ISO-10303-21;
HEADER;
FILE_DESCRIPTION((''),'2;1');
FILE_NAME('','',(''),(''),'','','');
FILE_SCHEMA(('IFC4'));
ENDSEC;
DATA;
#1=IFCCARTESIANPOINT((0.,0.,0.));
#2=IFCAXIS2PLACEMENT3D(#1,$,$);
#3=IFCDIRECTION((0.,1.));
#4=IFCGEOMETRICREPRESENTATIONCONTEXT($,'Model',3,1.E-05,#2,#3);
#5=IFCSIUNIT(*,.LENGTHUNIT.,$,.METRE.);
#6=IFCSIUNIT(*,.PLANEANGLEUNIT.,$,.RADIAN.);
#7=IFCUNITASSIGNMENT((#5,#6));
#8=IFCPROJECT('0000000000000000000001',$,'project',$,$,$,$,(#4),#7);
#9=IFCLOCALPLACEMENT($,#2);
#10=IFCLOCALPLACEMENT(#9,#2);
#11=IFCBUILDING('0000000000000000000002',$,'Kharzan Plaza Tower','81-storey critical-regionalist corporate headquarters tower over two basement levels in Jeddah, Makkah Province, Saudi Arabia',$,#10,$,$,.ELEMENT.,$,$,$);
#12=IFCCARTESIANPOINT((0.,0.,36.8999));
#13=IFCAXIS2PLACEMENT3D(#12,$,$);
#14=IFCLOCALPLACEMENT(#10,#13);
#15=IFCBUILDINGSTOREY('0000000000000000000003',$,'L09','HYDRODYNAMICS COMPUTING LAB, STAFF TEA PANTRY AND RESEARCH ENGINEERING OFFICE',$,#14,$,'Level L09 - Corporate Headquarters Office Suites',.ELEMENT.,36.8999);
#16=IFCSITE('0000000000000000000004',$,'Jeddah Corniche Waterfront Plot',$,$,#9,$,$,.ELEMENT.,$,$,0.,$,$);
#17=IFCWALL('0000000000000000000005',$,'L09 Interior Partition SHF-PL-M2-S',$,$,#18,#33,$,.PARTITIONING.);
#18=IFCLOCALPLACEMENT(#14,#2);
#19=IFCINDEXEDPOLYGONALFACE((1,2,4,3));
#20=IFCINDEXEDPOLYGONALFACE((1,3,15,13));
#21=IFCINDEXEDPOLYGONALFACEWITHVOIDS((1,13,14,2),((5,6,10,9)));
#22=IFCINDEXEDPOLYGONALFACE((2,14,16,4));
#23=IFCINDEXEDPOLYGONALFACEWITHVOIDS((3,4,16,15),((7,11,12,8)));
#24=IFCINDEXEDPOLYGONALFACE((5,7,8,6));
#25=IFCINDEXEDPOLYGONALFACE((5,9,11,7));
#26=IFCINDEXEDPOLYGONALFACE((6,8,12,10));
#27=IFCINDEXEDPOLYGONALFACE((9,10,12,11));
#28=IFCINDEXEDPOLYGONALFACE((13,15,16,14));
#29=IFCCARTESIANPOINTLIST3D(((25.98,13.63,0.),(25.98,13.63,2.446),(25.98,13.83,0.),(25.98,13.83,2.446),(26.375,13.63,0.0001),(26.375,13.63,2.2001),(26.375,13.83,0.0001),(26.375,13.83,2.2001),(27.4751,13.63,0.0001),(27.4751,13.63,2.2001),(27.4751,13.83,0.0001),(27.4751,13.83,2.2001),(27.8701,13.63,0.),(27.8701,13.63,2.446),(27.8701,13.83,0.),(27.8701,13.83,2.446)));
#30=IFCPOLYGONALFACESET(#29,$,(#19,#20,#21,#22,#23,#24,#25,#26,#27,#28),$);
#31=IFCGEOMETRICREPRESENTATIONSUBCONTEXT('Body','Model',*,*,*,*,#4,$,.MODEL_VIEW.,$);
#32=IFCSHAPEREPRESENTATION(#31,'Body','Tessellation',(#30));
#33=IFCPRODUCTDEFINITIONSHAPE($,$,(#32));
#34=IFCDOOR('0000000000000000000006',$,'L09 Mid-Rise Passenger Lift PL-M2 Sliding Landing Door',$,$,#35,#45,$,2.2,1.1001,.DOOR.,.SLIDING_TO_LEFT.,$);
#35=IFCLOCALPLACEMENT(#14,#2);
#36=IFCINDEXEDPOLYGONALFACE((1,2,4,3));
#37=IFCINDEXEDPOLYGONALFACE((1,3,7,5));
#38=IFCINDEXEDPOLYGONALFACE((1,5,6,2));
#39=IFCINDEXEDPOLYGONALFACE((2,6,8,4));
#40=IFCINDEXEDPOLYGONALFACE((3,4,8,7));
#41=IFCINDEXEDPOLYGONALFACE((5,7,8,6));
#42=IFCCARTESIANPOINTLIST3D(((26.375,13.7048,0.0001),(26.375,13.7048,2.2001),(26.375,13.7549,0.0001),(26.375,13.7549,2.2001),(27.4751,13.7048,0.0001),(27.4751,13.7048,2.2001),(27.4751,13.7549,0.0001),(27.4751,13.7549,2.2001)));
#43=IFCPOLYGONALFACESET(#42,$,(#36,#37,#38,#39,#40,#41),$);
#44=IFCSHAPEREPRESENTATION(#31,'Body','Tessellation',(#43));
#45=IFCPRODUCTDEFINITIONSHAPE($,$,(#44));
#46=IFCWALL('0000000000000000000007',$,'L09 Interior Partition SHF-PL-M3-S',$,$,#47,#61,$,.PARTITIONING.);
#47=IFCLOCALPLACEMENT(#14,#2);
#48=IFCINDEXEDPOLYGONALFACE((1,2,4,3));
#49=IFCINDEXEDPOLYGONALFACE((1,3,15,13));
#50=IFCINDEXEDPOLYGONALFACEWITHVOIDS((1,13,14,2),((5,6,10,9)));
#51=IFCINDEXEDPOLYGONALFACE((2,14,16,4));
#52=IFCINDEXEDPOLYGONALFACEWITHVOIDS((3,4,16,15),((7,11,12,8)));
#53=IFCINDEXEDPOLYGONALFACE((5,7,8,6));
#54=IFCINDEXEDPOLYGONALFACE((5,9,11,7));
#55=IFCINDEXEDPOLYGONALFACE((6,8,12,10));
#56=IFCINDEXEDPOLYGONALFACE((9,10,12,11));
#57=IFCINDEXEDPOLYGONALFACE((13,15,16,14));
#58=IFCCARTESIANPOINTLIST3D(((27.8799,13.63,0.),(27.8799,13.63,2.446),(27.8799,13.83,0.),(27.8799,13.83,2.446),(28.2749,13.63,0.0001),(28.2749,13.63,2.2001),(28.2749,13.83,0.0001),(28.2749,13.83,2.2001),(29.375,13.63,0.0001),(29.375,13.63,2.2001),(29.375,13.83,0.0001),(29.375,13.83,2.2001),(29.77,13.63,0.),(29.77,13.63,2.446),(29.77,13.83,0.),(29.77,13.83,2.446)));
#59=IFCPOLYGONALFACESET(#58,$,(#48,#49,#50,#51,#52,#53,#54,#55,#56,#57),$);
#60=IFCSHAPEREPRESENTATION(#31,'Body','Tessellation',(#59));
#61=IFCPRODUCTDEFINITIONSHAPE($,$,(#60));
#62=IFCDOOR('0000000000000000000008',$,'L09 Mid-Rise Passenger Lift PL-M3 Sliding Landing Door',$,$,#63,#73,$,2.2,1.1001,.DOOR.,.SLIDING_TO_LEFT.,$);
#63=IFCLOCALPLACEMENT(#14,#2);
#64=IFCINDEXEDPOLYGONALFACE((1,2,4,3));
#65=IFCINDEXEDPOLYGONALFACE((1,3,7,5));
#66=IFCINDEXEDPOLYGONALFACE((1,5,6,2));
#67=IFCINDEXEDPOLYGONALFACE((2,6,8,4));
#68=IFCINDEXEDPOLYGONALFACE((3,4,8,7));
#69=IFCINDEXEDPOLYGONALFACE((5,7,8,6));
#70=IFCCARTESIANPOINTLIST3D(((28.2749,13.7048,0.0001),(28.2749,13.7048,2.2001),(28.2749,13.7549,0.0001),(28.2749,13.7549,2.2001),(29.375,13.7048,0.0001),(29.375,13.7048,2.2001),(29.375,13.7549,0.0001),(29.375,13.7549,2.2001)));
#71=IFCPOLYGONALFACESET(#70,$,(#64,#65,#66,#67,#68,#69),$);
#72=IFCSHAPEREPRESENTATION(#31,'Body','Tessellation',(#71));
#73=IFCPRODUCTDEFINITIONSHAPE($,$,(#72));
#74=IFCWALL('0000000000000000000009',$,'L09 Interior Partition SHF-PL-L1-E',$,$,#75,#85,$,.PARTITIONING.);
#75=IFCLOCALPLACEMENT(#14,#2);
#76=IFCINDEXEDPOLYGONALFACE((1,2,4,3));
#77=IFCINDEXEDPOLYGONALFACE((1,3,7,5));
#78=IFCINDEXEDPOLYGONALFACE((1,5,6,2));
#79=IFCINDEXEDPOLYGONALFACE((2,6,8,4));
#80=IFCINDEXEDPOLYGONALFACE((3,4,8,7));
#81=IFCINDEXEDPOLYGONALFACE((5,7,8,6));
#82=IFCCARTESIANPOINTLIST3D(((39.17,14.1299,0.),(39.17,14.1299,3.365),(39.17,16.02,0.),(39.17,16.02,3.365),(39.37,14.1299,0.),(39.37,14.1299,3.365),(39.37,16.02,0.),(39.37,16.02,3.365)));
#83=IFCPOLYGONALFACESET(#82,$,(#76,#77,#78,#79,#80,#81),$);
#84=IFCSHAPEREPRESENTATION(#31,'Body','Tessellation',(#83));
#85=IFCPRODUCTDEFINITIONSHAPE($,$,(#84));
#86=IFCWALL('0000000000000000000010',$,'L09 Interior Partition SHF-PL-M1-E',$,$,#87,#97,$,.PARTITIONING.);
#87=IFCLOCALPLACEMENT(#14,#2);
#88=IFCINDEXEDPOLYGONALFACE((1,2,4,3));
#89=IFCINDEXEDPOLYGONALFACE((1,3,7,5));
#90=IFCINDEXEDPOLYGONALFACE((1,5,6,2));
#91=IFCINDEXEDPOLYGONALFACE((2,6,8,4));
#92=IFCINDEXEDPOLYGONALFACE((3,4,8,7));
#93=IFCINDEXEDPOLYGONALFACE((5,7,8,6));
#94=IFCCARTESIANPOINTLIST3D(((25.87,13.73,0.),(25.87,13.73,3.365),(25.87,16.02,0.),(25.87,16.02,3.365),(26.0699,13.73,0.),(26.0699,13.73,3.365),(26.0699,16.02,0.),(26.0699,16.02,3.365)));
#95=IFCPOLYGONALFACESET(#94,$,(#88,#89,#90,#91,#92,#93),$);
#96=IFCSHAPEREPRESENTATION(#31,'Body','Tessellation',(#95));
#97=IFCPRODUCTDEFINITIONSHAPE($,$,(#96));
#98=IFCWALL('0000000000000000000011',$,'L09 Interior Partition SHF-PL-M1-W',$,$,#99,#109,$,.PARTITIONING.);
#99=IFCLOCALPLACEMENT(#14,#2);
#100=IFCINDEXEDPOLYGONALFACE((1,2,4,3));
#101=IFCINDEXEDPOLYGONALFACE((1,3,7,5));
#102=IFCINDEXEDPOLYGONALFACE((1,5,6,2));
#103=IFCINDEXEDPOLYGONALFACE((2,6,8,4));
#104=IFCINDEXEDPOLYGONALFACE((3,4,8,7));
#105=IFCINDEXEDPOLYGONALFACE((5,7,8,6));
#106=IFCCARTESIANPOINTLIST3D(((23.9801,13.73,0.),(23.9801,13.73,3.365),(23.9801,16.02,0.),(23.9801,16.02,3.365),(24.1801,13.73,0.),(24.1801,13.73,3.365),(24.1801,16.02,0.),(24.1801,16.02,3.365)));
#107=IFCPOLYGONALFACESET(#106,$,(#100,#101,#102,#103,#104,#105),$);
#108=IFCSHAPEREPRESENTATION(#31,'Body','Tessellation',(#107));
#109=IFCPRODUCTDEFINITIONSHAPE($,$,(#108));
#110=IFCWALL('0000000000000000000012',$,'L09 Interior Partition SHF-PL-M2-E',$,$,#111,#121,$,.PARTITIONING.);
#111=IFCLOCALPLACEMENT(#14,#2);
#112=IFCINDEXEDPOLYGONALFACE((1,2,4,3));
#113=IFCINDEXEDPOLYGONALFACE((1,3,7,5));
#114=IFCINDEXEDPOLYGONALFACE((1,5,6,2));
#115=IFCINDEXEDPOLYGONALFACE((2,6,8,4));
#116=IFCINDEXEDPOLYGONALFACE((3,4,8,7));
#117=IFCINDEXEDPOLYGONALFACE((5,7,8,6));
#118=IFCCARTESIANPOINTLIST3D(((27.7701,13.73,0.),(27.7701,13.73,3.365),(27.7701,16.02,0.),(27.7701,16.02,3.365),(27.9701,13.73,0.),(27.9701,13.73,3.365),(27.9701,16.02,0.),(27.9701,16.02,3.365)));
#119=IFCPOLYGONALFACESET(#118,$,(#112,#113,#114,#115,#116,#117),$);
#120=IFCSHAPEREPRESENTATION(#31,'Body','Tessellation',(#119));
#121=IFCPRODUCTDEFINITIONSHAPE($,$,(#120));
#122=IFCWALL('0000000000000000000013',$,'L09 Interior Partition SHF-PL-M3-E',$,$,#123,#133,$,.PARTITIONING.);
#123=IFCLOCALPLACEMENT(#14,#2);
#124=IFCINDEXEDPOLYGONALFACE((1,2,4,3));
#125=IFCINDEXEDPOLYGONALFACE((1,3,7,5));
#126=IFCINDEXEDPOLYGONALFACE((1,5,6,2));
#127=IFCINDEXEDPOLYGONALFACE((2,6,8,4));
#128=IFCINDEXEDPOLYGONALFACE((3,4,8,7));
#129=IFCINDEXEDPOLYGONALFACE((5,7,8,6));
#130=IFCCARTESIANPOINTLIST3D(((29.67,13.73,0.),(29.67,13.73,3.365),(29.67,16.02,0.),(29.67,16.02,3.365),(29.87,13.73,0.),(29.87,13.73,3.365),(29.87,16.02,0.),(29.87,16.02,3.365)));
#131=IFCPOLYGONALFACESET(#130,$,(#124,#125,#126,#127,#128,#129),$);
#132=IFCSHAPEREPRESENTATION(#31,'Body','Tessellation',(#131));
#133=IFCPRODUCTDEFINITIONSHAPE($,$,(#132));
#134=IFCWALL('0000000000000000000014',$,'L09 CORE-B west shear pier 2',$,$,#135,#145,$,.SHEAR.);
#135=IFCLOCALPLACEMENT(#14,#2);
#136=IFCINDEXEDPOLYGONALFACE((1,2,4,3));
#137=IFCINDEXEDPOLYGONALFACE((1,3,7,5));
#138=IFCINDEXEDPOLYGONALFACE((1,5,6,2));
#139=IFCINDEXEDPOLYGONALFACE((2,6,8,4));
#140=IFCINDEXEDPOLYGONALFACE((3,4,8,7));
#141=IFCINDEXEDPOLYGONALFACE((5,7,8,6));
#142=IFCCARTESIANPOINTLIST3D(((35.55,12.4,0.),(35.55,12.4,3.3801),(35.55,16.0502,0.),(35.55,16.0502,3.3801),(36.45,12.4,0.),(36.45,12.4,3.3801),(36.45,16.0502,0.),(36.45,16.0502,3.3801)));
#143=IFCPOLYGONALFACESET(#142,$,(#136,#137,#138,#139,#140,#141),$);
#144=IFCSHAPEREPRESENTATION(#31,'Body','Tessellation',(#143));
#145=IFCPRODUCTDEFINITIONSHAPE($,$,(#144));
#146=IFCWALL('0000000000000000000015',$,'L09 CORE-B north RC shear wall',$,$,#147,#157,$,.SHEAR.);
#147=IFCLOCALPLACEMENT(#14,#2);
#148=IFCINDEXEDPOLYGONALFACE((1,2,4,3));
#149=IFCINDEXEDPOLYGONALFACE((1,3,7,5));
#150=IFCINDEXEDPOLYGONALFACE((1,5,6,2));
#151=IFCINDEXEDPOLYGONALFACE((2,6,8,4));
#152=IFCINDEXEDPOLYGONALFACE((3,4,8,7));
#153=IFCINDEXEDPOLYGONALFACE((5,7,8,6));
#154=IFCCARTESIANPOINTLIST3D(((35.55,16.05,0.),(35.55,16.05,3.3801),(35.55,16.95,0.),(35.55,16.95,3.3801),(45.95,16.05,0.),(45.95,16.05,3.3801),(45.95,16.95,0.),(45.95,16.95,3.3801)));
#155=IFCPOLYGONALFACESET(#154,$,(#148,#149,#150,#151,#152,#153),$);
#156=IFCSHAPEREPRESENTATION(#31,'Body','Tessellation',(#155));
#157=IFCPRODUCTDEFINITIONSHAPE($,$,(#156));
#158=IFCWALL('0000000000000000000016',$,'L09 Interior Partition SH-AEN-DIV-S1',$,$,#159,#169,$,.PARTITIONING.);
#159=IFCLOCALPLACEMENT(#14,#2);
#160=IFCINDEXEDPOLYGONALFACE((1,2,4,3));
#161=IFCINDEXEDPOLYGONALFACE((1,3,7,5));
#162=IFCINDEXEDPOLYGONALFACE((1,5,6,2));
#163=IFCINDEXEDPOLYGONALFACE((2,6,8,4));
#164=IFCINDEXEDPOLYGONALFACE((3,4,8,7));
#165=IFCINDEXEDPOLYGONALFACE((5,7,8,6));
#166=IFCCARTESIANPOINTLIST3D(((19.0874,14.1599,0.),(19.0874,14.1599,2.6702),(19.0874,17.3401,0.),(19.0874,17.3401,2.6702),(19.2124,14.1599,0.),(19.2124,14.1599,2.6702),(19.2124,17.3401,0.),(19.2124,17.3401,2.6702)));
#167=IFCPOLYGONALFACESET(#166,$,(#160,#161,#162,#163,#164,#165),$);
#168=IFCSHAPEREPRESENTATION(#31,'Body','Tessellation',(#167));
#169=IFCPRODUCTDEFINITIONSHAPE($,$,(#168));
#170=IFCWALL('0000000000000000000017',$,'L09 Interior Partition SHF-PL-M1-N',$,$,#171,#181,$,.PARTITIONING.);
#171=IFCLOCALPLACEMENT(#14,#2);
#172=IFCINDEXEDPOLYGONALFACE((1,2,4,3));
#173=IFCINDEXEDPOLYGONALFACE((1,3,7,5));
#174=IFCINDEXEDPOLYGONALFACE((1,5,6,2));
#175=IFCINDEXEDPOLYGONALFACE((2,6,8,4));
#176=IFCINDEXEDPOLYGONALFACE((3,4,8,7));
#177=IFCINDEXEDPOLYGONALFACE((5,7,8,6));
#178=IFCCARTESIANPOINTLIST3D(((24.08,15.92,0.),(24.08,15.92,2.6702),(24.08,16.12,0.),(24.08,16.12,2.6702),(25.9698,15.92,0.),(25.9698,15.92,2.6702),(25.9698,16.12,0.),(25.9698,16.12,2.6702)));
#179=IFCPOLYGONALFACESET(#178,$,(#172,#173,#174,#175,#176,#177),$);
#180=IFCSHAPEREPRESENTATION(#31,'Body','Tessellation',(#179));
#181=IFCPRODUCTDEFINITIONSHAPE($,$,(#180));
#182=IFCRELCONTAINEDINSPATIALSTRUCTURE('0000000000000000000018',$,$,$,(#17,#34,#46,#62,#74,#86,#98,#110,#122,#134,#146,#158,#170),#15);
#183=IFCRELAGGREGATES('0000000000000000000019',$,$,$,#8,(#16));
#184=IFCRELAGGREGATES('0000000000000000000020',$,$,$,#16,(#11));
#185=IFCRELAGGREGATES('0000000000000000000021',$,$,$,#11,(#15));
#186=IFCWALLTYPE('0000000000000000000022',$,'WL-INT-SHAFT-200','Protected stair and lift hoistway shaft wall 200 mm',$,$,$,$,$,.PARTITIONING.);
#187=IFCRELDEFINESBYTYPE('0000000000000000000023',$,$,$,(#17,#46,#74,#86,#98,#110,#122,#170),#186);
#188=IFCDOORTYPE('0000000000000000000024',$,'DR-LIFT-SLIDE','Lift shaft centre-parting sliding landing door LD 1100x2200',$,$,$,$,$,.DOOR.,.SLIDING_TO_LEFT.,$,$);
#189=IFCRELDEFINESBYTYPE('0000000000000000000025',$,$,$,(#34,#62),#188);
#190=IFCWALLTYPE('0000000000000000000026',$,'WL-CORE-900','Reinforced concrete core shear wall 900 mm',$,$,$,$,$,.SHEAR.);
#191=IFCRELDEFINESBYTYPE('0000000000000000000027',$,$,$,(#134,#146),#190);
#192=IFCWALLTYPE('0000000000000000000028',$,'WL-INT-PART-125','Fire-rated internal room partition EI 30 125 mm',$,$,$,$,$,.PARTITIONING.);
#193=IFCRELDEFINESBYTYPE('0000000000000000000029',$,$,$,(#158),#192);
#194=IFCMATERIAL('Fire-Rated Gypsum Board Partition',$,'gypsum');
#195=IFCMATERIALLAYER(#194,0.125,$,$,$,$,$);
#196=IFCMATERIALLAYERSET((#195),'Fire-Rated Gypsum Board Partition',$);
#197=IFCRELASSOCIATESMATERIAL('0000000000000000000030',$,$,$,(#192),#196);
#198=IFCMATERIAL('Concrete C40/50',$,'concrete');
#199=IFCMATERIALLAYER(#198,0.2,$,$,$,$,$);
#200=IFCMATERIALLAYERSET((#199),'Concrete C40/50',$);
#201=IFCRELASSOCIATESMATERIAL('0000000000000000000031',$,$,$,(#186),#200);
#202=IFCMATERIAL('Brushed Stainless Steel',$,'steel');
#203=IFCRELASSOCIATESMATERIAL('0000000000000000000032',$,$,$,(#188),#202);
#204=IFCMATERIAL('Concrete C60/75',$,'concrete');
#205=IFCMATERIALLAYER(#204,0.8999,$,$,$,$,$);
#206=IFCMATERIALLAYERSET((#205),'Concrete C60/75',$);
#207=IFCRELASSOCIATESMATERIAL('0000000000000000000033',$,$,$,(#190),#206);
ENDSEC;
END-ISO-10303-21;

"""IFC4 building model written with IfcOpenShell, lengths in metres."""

from ifc_helpers import new_model, si_unit, direction, frame, frame_2d, origin, place, context, subcontext, project, spatial, rectangle, extrude, source, transform, mapped, material, layer, layer_set, type_object, element, fill, save


model = new_model("IFC4")

# Units and contexts
model_context = context("Model", 3, precision=1e-05, world=origin(), true_north=direction((0.0, 1.0)))
body_context = subcontext(model_context, "Body", "Model", "MODEL_VIEW")
ifc_project = project(units=[si_unit("LENGTHUNIT", "METRE"), si_unit("PLANEANGLEUNIT", "RADIAN")], contexts=[model_context])

# Site, building, storey
site_placement = place(None, origin())
site = spatial("IfcSite", under=ifc_project, at=site_placement, Name="Jeddah Corniche Waterfront Plot", CompositionType="ELEMENT", RefElevation=0.0)
building_placement = place(site_placement, origin())
building = spatial("IfcBuilding", under=site, at=building_placement, Name="Kharzan Plaza Tower", Description="81-storey critical-regionalist corporate headquarters tower over two basement levels in Jeddah, Makkah Province, Saudi Arabia", CompositionType="ELEMENT")
storey_placement = place(building_placement, frame((0.0, 0.0, 36.8999)))
storey = spatial("IfcBuildingStorey", under=building, at=storey_placement, Name="L09", Description="HYDRODYNAMICS COMPUTING LAB, STAFF TEA PANTRY AND RESEARCH ENGINEERING OFFICE", LongName="Level L09 - Corporate Headquarters Office Suites", CompositionType="ELEMENT", Elevation=36.8999)

# Shared definitions
ifc_material_1 = material(Name="Concrete C60/75", Category="concrete")

# Walls, openings, doors
ifc_material_2 = material(Name="Fire-Rated Gypsum Board Partition", Category="gypsum")
ifc_layer_1 = layer(ifc_material_2, 0.125)
ifc_layer_set_1 = layer_set([ifc_layer_1], Name="Fire-Rated Gypsum Board Partition")
wall_type_1 = type_object("IfcWallType", Name="WL-INT-PART-125", Description="Fire-rated internal room partition EI 30 125 mm", PredefinedType="PARTITIONING", material=ifc_layer_set_1)
ifc_material_3 = material(Name="Concrete C40/50", Category="concrete")
ifc_layer_2 = layer(ifc_material_3, 0.2)
ifc_layer_set_2 = layer_set([ifc_layer_2], Name="Concrete C40/50")
wall_type_2 = type_object("IfcWallType", Name="WL-INT-SHAFT-200", Description="Protected stair and lift hoistway shaft wall 200 mm", PredefinedType="PARTITIONING", material=ifc_layer_set_2)
ifc_material_4 = material(Name="Brushed Stainless Steel", Category="steel")
door_type_1 = type_object("IfcDoorType", Name="DR-LIFT-SLIDE", Description="Lift shaft centre-parting sliding landing door LD 1100x2200", OperationType="SLIDING_TO_LEFT", PredefinedType="DOOR", material=ifc_material_4)
shared_shape_1 = source(origin(), body_context, "Body", "SweptSolid", [
    extrude(rectangle(XDim=1.1001, YDim=2.2, at=frame_2d((0.55, 1.1001))), frame((0.0, 0.0249, 0.0), z_axis=(0.0, -1.0, 0.0), x_axis=(1.0, 0.0, 0.0)), (0.0, 0.0, 1.0), 0.05),
])
wall_1_placement = place(storey_placement, frame((25.98, 13.73, 0.0), z_axis=(0.0, 0.0, 1.0), x_axis=(1.0, 0.0, 0.0)))
wall_1 = element("IfcWall", 1, at=wall_1_placement, inside=storey, type_object=wall_type_2, Name="L09 Interior Partition SHF-PL-M2-S", PredefinedType="PARTITIONING", context=body_context, shape_type="SweptSolid", body=[
    extrude(rectangle(XDim=1.8901, YDim=0.2, at=frame_2d((0.9451, 0.0))), origin(), (0.0, 0.0, 1.0), 2.446),
])
opening_1_placement = place(wall_1_placement, frame((0.395, 0.0, 0.0)))
opening_1 = element("IfcOpeningElement", 2, at=opening_1_placement, cuts=wall_1, PredefinedType="OPENING", context=body_context, shape_type="SweptSolid", body=[
    extrude(rectangle(XDim=1.1001, YDim=2.2, at=frame_2d((0.55, 1.1001))), frame((0.0, 0.1099, 0.0), z_axis=(0.0, -1.0, 0.0), x_axis=(1.0, 0.0, 0.0)), (0.0, 0.0, 1.0), 0.22),
])
door_1_placement = place(opening_1_placement, origin())
door_1 = element("IfcDoor", 3, at=door_1_placement, inside=storey, type_object=door_type_1, Name="L09 Mid-Rise Passenger Lift PL-M2 Sliding Landing Door", OperationType="SLIDING_TO_LEFT", OverallHeight=2.2, OverallWidth=1.1001, PredefinedType="DOOR", context=body_context, shape_type="MappedRepresentation", body=[
    mapped(shared_shape_1, transform((0.0, 0.0, 0.0), x_axis=(1.0, 0.0, 0.0), y_axis=(0.0, 1.0, 0.0), z_axis=(0.0, 0.0, 1.0))),
])
fill(opening_1, door_1)
wall_2_placement = place(storey_placement, frame((27.8799, 13.73, 0.0), z_axis=(0.0, 0.0, 1.0), x_axis=(1.0, 0.0, 0.0)))
wall_2 = element("IfcWall", 4, at=wall_2_placement, inside=storey, type_object=wall_type_2, Name="L09 Interior Partition SHF-PL-M3-S", PredefinedType="PARTITIONING", context=body_context, shape_type="SweptSolid", body=[
    extrude(rectangle(XDim=1.8901, YDim=0.2, at=frame_2d((0.9451, 0.0))), origin(), (0.0, 0.0, 1.0), 2.446),
])
opening_2_placement = place(wall_2_placement, frame((0.395, 0.0, 0.0)))
opening_2 = element("IfcOpeningElement", 5, at=opening_2_placement, cuts=wall_2, PredefinedType="OPENING", context=body_context, shape_type="SweptSolid", body=[
    extrude(rectangle(XDim=1.1001, YDim=2.2, at=frame_2d((0.55, 1.1001))), frame((0.0, 0.1099, 0.0), z_axis=(0.0, -1.0, 0.0), x_axis=(1.0, 0.0, 0.0)), (0.0, 0.0, 1.0), 0.22),
])
door_2_placement = place(opening_2_placement, origin())
door_2 = element("IfcDoor", 6, at=door_2_placement, inside=storey, type_object=door_type_1, Name="L09 Mid-Rise Passenger Lift PL-M3 Sliding Landing Door", OperationType="SLIDING_TO_LEFT", OverallHeight=2.2, OverallWidth=1.1001, PredefinedType="DOOR", context=body_context, shape_type="MappedRepresentation", body=[
    mapped(shared_shape_1, transform((0.0, 0.0, 0.0), x_axis=(1.0, 0.0, 0.0), y_axis=(0.0, 1.0, 0.0), z_axis=(0.0, 0.0, 1.0))),
])
fill(opening_2, door_2)

# Walls
shared_shape_2 = source(origin(), body_context, "Body", "SweptSolid", [
    extrude(rectangle(XDim=1.8901, YDim=0.2, at=frame_2d((0.9451, 0.0))), origin(), (0.0, 0.0, 1.0), 3.365),
])
wall_3_placement = place(storey_placement, frame((39.27, 14.1299, 0.0), z_axis=(0.0, 0.0, 1.0), x_axis=(0.0, 1.0, 0.0)))
element("IfcWall", 7, at=wall_3_placement, inside=storey, type_object=wall_type_2, Name="L09 Interior Partition SHF-PL-L1-E", PredefinedType="PARTITIONING", context=body_context, shape_type="MappedRepresentation", body=[
    mapped(shared_shape_2, transform((0.0, 0.0, 0.0), x_axis=(1.0, 0.0, 0.0), y_axis=(0.0, 1.0, 0.0), z_axis=(0.0, 0.0, 1.0))),
])
shared_shape_3 = source(origin(), body_context, "Body", "SweptSolid", [
    extrude(rectangle(XDim=2.29, YDim=0.2, at=frame_2d((1.145, 0.0))), origin(), (0.0, 0.0, 1.0), 3.365),
])
for number, where, z_axis, x_axis, name in (
    (8, (25.97, 13.73, 0.0), (0.0, 0.0, 1.0), (0.0, 1.0, 0.0), "L09 Interior Partition SHF-PL-M1-E"),
    (9, (24.0801, 13.73, 0.0), (0.0, 0.0, 1.0), (0.0, 1.0, 0.0), "L09 Interior Partition SHF-PL-M1-W"),
    (10, (27.8701, 13.73, 0.0), (0.0, 0.0, 1.0), (0.0, 1.0, 0.0), "L09 Interior Partition SHF-PL-M2-E"),
    (11, (29.77, 13.73, 0.0), (0.0, 0.0, 1.0), (0.0, 1.0, 0.0), "L09 Interior Partition SHF-PL-M3-E"),
):
    element("IfcWall", number, at=place(storey_placement, frame(where, z_axis=z_axis, x_axis=x_axis)), inside=storey, type_object=wall_type_2, Name=name, PredefinedType="PARTITIONING", context=body_context, shape_type="MappedRepresentation", body=[
        mapped(shared_shape_3, transform((0.0, 0.0, 0.0), x_axis=(1.0, 0.0, 0.0), y_axis=(0.0, 1.0, 0.0), z_axis=(0.0, 0.0, 1.0))),
    ])
ifc_layer_3 = layer(ifc_material_1, 0.8999)
ifc_layer_set_3 = layer_set([ifc_layer_3], Name="Concrete C60/75")
wall_type_3 = type_object("IfcWallType", Name="WL-CORE-900", Description="Reinforced concrete core shear wall 900 mm", PredefinedType="SHEAR", material=ifc_layer_set_3)
shared_shape_4 = source(origin(), body_context, "Body", "SweptSolid", [
    extrude(rectangle(XDim=3.6501, YDim=0.8999, at=frame_2d((1.8252, 0.0))), origin(), (0.0, 0.0, 1.0), 3.3801),
])
wall_4_placement = place(storey_placement, frame((36.0, 12.3999, 0.0), z_axis=(0.0, 0.0, 1.0), x_axis=(0.0, 1.0, 0.0)))
element("IfcWall", 12, at=wall_4_placement, inside=storey, type_object=wall_type_3, Name="L09 CORE-B west shear pier 2", PredefinedType="SHEAR", context=body_context, shape_type="MappedRepresentation", body=[
    mapped(shared_shape_4, transform((0.0, 0.0, 0.0), x_axis=(1.0, 0.0, 0.0), y_axis=(0.0, 1.0, 0.0), z_axis=(0.0, 0.0, 1.0))),
])
shared_shape_5 = source(origin(), body_context, "Body", "SweptSolid", [
    extrude(rectangle(XDim=10.3999, YDim=0.8999, at=frame_2d((5.2, 0.0))), origin(), (0.0, 0.0, 1.0), 3.3801),
])
wall_5_placement = place(storey_placement, frame((35.55, 16.5, 0.0), z_axis=(0.0, 0.0, 1.0), x_axis=(1.0, 0.0, 0.0)))
element("IfcWall", 13, at=wall_5_placement, inside=storey, type_object=wall_type_3, Name="L09 CORE-B north RC shear wall", PredefinedType="SHEAR", context=body_context, shape_type="MappedRepresentation", body=[
    mapped(shared_shape_5, transform((0.0, 0.0, 0.0), x_axis=(1.0, 0.0, 0.0), y_axis=(0.0, 1.0, 0.0), z_axis=(0.0, 0.0, 1.0))),
])
shared_shape_6 = source(origin(), body_context, "Body", "SweptSolid", [
    extrude(rectangle(XDim=3.1802, YDim=0.125, at=frame_2d((1.5901, 0.0))), origin(), (0.0, 0.0, 1.0), 2.6702),
])
wall_6_placement = place(storey_placement, frame((19.1499, 14.1599, 0.0), z_axis=(0.0, 0.0, 1.0), x_axis=(0.0, 1.0, 0.0)))
element("IfcWall", 14, at=wall_6_placement, inside=storey, type_object=wall_type_1, Name="L09 Interior Partition SH-AEN-DIV-S1", PredefinedType="PARTITIONING", context=body_context, shape_type="MappedRepresentation", body=[
    mapped(shared_shape_6, transform((0.0, 0.0, 0.0), x_axis=(1.0, 0.0, 0.0), y_axis=(0.0, 1.0, 0.0), z_axis=(0.0, 0.0, 1.0))),
])
shared_shape_7 = source(origin(), body_context, "Body", "SweptSolid", [
    extrude(rectangle(XDim=1.8899, YDim=0.2, at=frame_2d((0.9448, 0.0))), origin(), (0.0, 0.0, 1.0), 2.6702),
])
wall_7_placement = place(storey_placement, frame((24.0801, 16.02, 0.0), z_axis=(0.0, 0.0, 1.0), x_axis=(1.0, 0.0, 0.0)))
element("IfcWall", 15, at=wall_7_placement, inside=storey, type_object=wall_type_2, Name="L09 Interior Partition SHF-PL-M1-N", PredefinedType="PARTITIONING", context=body_context, shape_type="MappedRepresentation", body=[
    mapped(shared_shape_7, transform((0.0, 0.0, 0.0), x_axis=(1.0, 0.0, 0.0), y_axis=(0.0, 1.0, 0.0), z_axis=(0.0, 0.0, 1.0))),
])

save(model, "model.ifc")
